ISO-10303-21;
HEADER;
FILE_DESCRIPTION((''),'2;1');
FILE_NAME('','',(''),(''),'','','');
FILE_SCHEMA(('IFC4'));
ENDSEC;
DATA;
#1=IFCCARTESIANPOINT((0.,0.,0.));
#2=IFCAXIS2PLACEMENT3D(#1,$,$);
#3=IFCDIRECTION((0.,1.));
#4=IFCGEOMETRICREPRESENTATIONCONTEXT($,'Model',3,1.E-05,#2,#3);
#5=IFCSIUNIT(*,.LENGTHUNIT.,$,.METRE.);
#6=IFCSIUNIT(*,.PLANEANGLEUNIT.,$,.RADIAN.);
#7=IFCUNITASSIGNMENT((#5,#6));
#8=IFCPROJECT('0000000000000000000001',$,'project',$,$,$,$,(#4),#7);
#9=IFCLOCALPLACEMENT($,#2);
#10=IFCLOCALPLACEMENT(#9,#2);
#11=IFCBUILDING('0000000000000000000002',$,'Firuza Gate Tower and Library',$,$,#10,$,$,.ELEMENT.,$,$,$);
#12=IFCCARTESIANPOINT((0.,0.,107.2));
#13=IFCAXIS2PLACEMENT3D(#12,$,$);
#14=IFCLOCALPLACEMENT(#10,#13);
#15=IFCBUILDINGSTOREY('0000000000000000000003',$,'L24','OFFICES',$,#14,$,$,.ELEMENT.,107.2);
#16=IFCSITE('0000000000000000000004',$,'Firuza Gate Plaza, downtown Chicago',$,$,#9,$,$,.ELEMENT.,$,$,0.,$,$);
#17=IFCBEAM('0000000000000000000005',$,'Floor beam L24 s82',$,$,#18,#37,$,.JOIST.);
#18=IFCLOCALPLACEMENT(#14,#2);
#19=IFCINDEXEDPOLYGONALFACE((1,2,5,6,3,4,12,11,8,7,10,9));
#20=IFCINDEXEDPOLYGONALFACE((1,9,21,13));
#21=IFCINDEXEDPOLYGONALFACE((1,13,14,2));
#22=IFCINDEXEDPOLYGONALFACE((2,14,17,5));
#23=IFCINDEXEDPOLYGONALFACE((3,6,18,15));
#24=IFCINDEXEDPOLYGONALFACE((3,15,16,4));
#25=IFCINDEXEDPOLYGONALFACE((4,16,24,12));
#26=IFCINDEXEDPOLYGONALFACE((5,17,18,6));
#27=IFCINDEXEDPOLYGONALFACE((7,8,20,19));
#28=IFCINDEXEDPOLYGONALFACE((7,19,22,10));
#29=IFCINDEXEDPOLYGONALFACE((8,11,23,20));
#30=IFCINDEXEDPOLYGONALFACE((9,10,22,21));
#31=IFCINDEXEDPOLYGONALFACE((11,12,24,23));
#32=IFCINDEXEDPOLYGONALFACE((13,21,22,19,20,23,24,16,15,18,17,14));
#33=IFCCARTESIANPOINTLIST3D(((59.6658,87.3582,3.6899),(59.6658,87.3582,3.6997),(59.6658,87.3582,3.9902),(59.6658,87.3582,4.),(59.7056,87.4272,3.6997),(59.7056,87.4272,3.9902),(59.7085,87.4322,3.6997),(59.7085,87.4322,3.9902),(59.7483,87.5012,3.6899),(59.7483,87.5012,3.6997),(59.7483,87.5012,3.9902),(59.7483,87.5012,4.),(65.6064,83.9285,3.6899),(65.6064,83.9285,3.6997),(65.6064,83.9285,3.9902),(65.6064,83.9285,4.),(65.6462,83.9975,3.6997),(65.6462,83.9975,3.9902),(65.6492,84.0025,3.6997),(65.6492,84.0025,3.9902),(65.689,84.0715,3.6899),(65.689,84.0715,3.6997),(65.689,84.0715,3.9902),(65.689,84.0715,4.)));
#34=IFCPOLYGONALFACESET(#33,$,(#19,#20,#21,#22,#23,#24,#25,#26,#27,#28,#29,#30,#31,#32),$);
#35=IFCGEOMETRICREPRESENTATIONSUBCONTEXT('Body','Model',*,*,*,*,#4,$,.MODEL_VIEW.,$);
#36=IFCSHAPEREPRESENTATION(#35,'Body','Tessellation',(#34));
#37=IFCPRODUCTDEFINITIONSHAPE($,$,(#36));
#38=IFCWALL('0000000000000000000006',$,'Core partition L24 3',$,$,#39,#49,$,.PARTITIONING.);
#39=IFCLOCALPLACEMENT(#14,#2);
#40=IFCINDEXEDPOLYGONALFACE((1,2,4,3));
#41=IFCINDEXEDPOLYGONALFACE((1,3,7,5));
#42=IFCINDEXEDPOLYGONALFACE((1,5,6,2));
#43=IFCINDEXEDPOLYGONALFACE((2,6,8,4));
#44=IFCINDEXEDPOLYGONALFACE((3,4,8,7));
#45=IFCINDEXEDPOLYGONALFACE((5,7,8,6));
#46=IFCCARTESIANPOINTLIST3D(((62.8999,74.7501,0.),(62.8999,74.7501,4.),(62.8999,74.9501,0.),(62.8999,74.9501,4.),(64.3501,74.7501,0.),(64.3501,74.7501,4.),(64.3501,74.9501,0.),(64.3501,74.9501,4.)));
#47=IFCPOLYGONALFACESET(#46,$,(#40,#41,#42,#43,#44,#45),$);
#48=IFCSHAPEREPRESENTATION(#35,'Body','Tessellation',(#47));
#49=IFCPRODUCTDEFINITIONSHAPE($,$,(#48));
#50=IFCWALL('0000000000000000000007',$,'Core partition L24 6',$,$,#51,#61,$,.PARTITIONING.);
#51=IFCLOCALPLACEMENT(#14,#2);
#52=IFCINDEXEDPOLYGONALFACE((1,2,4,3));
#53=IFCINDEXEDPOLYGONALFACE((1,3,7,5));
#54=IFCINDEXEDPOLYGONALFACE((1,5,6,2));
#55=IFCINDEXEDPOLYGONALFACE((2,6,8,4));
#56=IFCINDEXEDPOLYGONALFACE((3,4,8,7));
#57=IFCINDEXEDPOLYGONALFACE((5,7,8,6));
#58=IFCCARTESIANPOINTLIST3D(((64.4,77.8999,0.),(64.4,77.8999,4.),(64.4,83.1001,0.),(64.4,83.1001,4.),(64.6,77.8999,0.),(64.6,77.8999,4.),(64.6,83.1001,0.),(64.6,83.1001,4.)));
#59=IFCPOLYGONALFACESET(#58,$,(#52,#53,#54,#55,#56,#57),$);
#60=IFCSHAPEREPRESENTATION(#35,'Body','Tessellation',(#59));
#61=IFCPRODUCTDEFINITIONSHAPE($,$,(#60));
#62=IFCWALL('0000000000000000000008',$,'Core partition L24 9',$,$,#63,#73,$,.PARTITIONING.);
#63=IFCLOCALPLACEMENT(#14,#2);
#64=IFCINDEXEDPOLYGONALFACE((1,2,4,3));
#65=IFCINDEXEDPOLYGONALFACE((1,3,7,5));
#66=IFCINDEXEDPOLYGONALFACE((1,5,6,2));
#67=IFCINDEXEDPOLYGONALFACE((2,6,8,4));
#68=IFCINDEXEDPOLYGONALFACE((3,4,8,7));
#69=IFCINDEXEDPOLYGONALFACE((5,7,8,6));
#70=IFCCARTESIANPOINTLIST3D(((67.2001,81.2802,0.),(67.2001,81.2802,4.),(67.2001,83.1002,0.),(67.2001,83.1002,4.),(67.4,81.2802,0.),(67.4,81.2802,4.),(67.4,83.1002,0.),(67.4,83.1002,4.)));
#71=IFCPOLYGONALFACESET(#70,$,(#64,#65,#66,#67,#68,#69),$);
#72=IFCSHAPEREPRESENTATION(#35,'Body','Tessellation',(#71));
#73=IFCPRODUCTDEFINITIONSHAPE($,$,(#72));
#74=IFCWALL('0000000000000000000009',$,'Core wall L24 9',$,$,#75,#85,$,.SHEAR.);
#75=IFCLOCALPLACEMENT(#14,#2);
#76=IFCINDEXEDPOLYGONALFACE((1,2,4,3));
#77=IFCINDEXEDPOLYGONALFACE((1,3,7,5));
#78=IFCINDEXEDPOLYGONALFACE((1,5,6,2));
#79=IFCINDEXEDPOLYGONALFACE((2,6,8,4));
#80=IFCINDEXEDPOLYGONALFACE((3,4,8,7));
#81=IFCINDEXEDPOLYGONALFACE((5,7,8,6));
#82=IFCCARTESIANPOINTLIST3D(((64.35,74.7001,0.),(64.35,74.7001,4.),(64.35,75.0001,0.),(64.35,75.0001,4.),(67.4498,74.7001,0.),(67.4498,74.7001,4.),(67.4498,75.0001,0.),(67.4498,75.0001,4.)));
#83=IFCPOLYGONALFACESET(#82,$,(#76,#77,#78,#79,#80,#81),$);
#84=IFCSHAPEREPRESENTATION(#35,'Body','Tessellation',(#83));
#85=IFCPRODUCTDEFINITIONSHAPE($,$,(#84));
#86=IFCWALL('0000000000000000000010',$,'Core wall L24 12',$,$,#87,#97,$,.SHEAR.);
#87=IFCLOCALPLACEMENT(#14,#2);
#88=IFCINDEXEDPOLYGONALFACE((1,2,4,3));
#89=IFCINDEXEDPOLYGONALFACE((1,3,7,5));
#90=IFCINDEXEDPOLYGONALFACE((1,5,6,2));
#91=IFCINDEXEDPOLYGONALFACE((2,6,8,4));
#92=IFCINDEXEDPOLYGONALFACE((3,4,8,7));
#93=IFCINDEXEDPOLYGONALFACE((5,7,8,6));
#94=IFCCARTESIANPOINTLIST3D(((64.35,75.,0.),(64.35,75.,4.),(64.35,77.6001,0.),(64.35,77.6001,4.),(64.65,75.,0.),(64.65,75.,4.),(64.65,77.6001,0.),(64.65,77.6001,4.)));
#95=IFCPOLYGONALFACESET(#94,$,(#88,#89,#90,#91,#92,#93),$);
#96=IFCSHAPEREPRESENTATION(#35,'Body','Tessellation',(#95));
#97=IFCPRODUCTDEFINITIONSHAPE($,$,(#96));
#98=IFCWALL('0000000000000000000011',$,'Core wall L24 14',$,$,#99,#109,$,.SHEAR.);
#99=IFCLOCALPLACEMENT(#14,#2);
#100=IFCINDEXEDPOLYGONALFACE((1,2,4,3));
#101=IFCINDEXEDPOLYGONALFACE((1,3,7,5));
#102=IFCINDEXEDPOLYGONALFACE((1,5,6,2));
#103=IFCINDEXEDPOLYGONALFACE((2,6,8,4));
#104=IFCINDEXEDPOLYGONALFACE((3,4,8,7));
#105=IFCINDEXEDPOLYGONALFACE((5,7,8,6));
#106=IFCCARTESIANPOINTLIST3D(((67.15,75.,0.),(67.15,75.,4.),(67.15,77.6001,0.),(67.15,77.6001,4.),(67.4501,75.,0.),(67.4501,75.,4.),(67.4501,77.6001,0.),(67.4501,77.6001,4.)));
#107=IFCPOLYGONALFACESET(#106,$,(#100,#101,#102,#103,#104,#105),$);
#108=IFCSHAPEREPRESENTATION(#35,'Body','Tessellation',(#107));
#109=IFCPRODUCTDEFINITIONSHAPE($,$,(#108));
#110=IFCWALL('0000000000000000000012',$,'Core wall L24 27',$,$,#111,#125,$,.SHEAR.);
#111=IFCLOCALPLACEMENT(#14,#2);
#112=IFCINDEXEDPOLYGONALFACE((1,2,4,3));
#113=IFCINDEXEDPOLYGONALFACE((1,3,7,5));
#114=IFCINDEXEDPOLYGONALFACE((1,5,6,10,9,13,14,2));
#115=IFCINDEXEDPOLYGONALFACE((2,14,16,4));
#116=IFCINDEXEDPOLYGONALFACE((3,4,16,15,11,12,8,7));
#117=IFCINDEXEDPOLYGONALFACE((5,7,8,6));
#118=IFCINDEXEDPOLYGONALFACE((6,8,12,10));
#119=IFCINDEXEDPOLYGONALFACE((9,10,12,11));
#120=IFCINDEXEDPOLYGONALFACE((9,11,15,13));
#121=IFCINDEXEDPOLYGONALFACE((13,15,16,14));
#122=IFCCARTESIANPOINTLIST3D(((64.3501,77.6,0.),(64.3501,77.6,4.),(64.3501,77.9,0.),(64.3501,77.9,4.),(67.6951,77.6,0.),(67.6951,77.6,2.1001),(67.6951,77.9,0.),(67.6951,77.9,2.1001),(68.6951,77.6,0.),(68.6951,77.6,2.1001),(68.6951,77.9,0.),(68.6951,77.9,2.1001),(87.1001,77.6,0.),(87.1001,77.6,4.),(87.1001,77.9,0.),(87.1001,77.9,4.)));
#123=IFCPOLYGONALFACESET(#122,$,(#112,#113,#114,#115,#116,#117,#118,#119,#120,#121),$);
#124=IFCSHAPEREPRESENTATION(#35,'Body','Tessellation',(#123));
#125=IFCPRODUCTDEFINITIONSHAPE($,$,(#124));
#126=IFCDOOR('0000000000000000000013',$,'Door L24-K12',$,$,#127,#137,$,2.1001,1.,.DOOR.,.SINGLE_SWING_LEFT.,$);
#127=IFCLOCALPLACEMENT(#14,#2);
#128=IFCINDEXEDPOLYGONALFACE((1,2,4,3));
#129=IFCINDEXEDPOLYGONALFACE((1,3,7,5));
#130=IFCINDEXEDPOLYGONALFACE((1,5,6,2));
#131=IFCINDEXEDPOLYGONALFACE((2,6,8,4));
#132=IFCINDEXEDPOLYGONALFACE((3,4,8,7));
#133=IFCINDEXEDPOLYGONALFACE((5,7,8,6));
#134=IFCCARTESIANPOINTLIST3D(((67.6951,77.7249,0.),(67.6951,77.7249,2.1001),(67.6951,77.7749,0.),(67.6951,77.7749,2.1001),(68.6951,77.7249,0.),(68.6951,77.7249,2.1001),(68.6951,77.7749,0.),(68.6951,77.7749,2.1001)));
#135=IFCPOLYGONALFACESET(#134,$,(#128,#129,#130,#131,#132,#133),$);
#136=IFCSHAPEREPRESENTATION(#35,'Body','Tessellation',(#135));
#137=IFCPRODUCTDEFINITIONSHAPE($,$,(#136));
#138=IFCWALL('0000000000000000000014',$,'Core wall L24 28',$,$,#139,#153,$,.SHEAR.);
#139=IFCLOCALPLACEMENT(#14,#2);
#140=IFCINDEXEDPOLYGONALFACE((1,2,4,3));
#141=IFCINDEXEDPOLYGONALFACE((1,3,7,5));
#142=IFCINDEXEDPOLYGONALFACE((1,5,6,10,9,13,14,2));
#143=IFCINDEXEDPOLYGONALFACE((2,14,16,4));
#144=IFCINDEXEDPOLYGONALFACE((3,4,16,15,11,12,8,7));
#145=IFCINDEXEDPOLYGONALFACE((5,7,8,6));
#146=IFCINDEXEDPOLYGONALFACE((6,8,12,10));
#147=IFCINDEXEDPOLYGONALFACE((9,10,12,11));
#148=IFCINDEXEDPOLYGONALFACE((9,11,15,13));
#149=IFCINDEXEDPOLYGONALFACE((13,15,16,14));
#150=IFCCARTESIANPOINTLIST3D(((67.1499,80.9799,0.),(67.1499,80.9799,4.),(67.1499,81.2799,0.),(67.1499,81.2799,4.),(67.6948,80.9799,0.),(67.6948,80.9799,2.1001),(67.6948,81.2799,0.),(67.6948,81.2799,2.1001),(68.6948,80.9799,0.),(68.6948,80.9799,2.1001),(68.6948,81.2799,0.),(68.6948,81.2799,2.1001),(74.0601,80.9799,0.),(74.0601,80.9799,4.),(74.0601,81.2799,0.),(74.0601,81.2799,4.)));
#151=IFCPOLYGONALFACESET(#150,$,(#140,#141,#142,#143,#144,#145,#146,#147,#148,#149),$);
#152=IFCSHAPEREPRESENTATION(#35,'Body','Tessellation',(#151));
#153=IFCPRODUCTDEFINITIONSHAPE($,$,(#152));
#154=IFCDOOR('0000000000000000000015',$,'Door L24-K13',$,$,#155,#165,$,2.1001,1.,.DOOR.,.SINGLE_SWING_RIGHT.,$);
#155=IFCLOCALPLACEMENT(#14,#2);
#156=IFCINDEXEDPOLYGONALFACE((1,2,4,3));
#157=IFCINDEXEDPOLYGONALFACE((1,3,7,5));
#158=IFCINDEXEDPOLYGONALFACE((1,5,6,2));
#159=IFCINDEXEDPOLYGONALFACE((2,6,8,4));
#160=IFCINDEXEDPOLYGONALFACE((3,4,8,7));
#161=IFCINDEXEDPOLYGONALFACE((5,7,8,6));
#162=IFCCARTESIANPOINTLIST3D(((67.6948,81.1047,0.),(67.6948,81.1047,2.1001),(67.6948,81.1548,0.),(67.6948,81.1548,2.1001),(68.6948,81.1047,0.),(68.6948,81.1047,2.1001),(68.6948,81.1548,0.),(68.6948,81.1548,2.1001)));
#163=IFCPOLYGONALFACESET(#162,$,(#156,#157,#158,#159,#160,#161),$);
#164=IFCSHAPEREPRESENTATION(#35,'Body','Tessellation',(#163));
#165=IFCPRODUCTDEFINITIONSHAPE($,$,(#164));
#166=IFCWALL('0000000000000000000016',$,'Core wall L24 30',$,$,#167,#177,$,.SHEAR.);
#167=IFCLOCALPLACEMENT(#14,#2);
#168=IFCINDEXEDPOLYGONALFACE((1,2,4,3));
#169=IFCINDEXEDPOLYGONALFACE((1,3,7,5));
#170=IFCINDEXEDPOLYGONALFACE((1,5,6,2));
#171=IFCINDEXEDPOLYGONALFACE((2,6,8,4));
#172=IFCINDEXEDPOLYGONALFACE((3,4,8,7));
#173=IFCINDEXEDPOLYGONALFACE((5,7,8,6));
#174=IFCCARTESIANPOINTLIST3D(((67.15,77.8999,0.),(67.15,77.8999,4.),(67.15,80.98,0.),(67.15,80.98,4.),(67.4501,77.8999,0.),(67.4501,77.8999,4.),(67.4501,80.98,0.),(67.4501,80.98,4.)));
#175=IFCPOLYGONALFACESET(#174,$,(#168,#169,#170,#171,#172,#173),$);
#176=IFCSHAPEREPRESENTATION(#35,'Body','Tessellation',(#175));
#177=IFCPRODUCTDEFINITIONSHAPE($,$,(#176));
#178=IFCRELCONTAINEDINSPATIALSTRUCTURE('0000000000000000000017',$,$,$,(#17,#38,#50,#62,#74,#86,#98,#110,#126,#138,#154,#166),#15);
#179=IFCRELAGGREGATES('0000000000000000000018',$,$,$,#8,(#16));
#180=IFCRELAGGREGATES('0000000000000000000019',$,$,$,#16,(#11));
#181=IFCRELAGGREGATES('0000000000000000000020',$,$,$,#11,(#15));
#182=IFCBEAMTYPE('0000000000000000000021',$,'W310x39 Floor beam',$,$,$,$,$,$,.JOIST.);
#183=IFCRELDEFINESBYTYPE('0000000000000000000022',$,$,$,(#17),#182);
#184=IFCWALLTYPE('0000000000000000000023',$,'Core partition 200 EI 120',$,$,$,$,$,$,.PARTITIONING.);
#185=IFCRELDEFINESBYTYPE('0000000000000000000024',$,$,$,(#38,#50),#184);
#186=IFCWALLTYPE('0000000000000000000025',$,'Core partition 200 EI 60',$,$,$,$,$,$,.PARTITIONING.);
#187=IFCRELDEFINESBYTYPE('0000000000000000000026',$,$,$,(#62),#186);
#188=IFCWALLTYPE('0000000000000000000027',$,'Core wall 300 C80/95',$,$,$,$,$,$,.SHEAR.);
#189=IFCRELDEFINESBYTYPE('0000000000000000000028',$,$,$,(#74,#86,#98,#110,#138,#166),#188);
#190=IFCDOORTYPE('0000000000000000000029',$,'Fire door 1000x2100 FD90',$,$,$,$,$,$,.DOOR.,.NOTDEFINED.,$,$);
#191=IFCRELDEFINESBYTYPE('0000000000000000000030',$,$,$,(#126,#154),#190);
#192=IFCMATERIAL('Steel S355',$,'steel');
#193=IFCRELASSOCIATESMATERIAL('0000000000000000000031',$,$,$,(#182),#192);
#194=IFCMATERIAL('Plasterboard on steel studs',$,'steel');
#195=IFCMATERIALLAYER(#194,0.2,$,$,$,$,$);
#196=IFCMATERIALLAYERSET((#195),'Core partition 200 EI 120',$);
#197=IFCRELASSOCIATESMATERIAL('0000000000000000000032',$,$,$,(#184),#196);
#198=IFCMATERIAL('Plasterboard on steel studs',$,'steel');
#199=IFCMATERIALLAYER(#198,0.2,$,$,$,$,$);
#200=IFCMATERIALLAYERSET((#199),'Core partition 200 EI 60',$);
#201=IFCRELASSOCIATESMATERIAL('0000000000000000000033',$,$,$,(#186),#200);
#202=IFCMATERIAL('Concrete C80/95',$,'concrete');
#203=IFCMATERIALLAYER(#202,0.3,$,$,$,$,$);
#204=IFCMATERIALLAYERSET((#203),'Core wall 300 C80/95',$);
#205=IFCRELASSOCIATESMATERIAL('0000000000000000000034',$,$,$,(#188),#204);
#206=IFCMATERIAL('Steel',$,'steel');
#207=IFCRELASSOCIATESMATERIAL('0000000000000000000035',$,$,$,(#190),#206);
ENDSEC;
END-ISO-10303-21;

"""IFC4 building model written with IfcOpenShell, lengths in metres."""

from ifc_helpers import new_model, si_unit, direction, frame, frame_2d, origin, origin_2d, place, context, subcontext, project, spatial, rectangle, i_section, extrude, material, layer, layer_set, material_profile, profile_set, type_object, element, fill, save


model = new_model("IFC4")

# Units and contexts
model_context = context("Model", 3, precision=1e-05, world=origin(), true_north=direction((0.0, 1.0)))
body_context = subcontext(model_context, "Body", "Model", "MODEL_VIEW")
ifc_project = project(units=[si_unit("LENGTHUNIT", "METRE"), si_unit("PLANEANGLEUNIT", "RADIAN")], contexts=[model_context])

# Site, building, storey
site_placement = place(None, origin())
site = spatial("IfcSite", under=ifc_project, at=site_placement, Name="Firuza Gate Plaza, downtown Chicago", CompositionType="ELEMENT", RefElevation=0.0)
building_placement = place(site_placement, origin())
building = spatial("IfcBuilding", under=site, at=building_placement, Name="Firuza Gate Tower and Library", CompositionType="ELEMENT")
storey_placement = place(building_placement, frame((0.0, 0.0, 107.2)))
storey = spatial("IfcBuildingStorey", under=building, at=storey_placement, Name="L24", Description="OFFICES", CompositionType="ELEMENT", Elevation=107.2)

# Beam
ifc_material_1 = material(Name="Steel S355", Category="steel")
ifc_material_profile = material_profile(ifc_material_1, i_section(OverallWidth=0.165, OverallDepth=0.3101, WebThickness=0.0059, FlangeThickness=0.0098, at=origin_2d()))
ifc_profile_set = profile_set([ifc_material_profile], Name="Steel S355")
beam_type = type_object("IfcBeamType", Name="W310x39 Floor beam", PredefinedType="JOIST", material=ifc_profile_set)
beam_placement = place(storey_placement, frame((59.707, 87.4297, 3.845), z_axis=(0.866036, -0.499982, 0.0), x_axis=(0.499982, 0.866036, 0.0)))
element("IfcBeam", 1, at=beam_placement, inside=storey, type_object=beam_type, Name="Floor beam L24 s82", PredefinedType="JOIST", context=body_context, shape_type="SweptSolid", body=[
    extrude(i_section(OverallWidth=0.165, OverallDepth=0.3101, WebThickness=0.0059, FlangeThickness=0.0098, at=origin_2d()), origin(), (0.0, 0.0, 1.0), 6.8596),
])

# Walls
ifc_material_2 = material(Name="Plasterboard on steel studs", Category="steel")
ifc_layer_1 = layer(ifc_material_2, 0.2)
ifc_layer_set_1 = layer_set([ifc_layer_1], Name="Core partition 200 EI 120")
wall_type_1 = type_object("IfcWallType", Name="Core partition 200 EI 120", PredefinedType="PARTITIONING", material=ifc_layer_set_1)
wall_1_placement = place(storey_placement, frame((62.8999, 74.8501, 0.0), z_axis=(0.0, 0.0, 1.0), x_axis=(1.0, 0.0, 0.0)))
element("IfcWall", 2, at=wall_1_placement, inside=storey, type_object=wall_type_1, Name="Core partition L24 3", PredefinedType="PARTITIONING", context=body_context, shape_type="SweptSolid", body=[
    extrude(rectangle(XDim=1.4502, YDim=0.2, at=frame_2d((0.7251, 0.0))), origin(), (0.0, 0.0, 1.0), 4.0),
])
wall_2_placement = place(storey_placement, frame((64.5, 77.8999, 0.0), z_axis=(0.0, 0.0, 1.0), x_axis=(0.0, 1.0, 0.0)))
element("IfcWall", 3, at=wall_2_placement, inside=storey, type_object=wall_type_1, Name="Core partition L24 6", PredefinedType="PARTITIONING", context=body_context, shape_type="SweptSolid", body=[
    extrude(rectangle(XDim=5.2002, YDim=0.2, at=frame_2d((2.6001, 0.0))), origin(), (0.0, 0.0, 1.0), 4.0),
])
ifc_material_3 = material(Name="Plasterboard on steel studs", Category="steel")
ifc_layer_2 = layer(ifc_material_3, 0.2)
ifc_layer_set_2 = layer_set([ifc_layer_2], Name="Core partition 200 EI 60")
wall_type_2 = type_object("IfcWallType", Name="Core partition 200 EI 60", PredefinedType="PARTITIONING", material=ifc_layer_set_2)
wall_3_placement = place(storey_placement, frame((67.3, 81.28, 0.0), z_axis=(0.0, 0.0, 1.0), x_axis=(0.0, 1.0, 0.0)))
element("IfcWall", 4, at=wall_3_placement, inside=storey, type_object=wall_type_2, Name="Core partition L24 9", PredefinedType="PARTITIONING", context=body_context, shape_type="SweptSolid", body=[
    extrude(rectangle(XDim=1.8201, YDim=0.2, at=frame_2d((0.9102, 0.0))), origin(), (0.0, 0.0, 1.0), 4.0),
])
ifc_material_4 = material(Name="Concrete C80/95", Category="concrete")
ifc_layer_3 = layer(ifc_material_4, 0.3)
ifc_layer_set_3 = layer_set([ifc_layer_3], Name="Core wall 300 C80/95")
wall_type_3 = type_object("IfcWallType", Name="Core wall 300 C80/95", PredefinedType="SHEAR", material=ifc_layer_set_3)
wall_4_placement = place(storey_placement, frame((64.3501, 74.8501, 0.0), z_axis=(0.0, 0.0, 1.0), x_axis=(1.0, 0.0, 0.0)))
element("IfcWall", 5, at=wall_4_placement, inside=storey, type_object=wall_type_3, Name="Core wall L24 9", PredefinedType="SHEAR", context=body_context, shape_type="SweptSolid", body=[
    extrude(rectangle(XDim=3.0999, YDim=0.3, at=frame_2d((1.5498, 0.0))), origin(), (0.0, 0.0, 1.0), 4.0),
])
for number, where, z_axis, x_axis, name in (
    (6, (64.5, 75.0, 0.0), (0.0, 0.0, 1.0), (0.0, 1.0, 0.0), "Core wall L24 12"),
    (7, (67.3, 75.0, 0.0), (0.0, 0.0, 1.0), (0.0, 1.0, 0.0), "Core wall L24 14"),
):
    element("IfcWall", number, at=place(storey_placement, frame(where, z_axis=z_axis, x_axis=x_axis)), inside=storey, type_object=wall_type_3, Name=name, PredefinedType="SHEAR", context=body_context, shape_type="SweptSolid", body=[
        extrude(rectangle(XDim=2.6001, YDim=0.3, at=frame_2d((1.3, 0.0))), origin(), (0.0, 0.0, 1.0), 4.0),
    ])

# Walls, openings, doors
wall_5_placement = place(storey_placement, frame((64.3501, 77.75, 0.0), z_axis=(0.0, 0.0, 1.0), x_axis=(1.0, 0.0, 0.0)))
wall_5 = element("IfcWall", 8, at=wall_5_placement, inside=storey, type_object=wall_type_3, Name="Core wall L24 27", PredefinedType="SHEAR", context=body_context, shape_type="SweptSolid", body=[
    extrude(rectangle(XDim=22.75, YDim=0.3, at=frame_2d((11.375, 0.0))), origin(), (0.0, 0.0, 1.0), 4.0),
])
opening_1_placement = place(wall_5_placement, frame((3.345, 0.0, 0.0)))
opening_1 = element("IfcOpeningElement", 9, at=opening_1_placement, cuts=wall_5, PredefinedType="OPENING", context=body_context, shape_type="SweptSolid", body=[
    extrude(rectangle(XDim=1.0, YDim=2.1001, at=frame_2d((0.5, 1.05))), frame((0.0, 0.1602, 0.0), z_axis=(0.0, -1.0, 0.0), x_axis=(1.0, 0.0, 0.0)), (0.0, 0.0, 1.0), 0.3201),
])
ifc_material_5 = material(Name="Steel", Category="steel")
door_type_1 = type_object("IfcDoorType", Name="Fire door 1000x2100 FD90", OperationType="NOTDEFINED", PredefinedType="DOOR", material=ifc_material_5)
door_1_placement = place(opening_1_placement, origin())
door_1 = element("IfcDoor", 10, at=door_1_placement, inside=storey, type_object=door_type_1, Name="Door L24-K12", OperationType="SINGLE_SWING_LEFT", OverallHeight=2.1001, OverallWidth=1.0, PredefinedType="DOOR", context=body_context, shape_type="SweptSolid", body=[
    extrude(rectangle(XDim=1.0, YDim=2.1001, at=frame_2d((0.5, 1.05))), frame((0.0, 0.0249, 0.0), z_axis=(0.0, -1.0, 0.0), x_axis=(1.0, 0.0, 0.0)), (0.0, 0.0, 1.0), 0.05),
])
fill(opening_1, door_1)
wall_6_placement = place(storey_placement, frame((67.1499, 81.1299, 0.0), z_axis=(0.0, 0.0, 1.0), x_axis=(1.0, 0.0, 0.0)))
wall_6 = element("IfcWall", 11, at=wall_6_placement, inside=storey, type_object=wall_type_3, Name="Core wall L24 28", PredefinedType="SHEAR", context=body_context, shape_type="SweptSolid", body=[
    extrude(rectangle(XDim=6.9102, YDim=0.3, at=frame_2d((3.4551, 0.0))), origin(), (0.0, 0.0, 1.0), 4.0),
])
opening_2_placement = place(wall_6_placement, frame((0.5449, 0.0, 0.0)))
opening_2 = element("IfcOpeningElement", 12, at=opening_2_placement, cuts=wall_6, PredefinedType="OPENING", context=body_context, shape_type="SweptSolid", body=[
    extrude(rectangle(XDim=1.0, YDim=2.1001, at=frame_2d((0.5, 1.05))), frame((0.0, 0.1602, 0.0), z_axis=(0.0, -1.0, 0.0), x_axis=(1.0, 0.0, 0.0)), (0.0, 0.0, 1.0), 0.3201),
])
door_2_placement = place(opening_2_placement, origin())
door_2 = element("IfcDoor", 13, at=door_2_placement, inside=storey, type_object=door_type_1, Name="Door L24-K13", OperationType="SINGLE_SWING_RIGHT", OverallHeight=2.1001, OverallWidth=1.0, PredefinedType="DOOR", context=body_context, shape_type="SweptSolid", body=[
    extrude(rectangle(XDim=1.0, YDim=2.1001, at=frame_2d((0.5, 1.05))), frame((0.0, 0.0249, 0.0), z_axis=(0.0, -1.0, 0.0), x_axis=(1.0, 0.0, 0.0)), (0.0, 0.0, 1.0), 0.05),
])
fill(opening_2, door_2)

# Wall
wall_7_placement = place(storey_placement, frame((67.3, 77.8999, 0.0), z_axis=(0.0, 0.0, 1.0), x_axis=(0.0, 1.0, 0.0)))
element("IfcWall", 14, at=wall_7_placement, inside=storey, type_object=wall_type_3, Name="Core wall L24 30", PredefinedType="SHEAR", context=body_context, shape_type="SweptSolid", body=[
    extrude(rectangle(XDim=3.0801, YDim=0.3, at=frame_2d((1.54, 0.0))), origin(), (0.0, 0.0, 1.0), 4.0),
])

save(model, "model.ifc")
